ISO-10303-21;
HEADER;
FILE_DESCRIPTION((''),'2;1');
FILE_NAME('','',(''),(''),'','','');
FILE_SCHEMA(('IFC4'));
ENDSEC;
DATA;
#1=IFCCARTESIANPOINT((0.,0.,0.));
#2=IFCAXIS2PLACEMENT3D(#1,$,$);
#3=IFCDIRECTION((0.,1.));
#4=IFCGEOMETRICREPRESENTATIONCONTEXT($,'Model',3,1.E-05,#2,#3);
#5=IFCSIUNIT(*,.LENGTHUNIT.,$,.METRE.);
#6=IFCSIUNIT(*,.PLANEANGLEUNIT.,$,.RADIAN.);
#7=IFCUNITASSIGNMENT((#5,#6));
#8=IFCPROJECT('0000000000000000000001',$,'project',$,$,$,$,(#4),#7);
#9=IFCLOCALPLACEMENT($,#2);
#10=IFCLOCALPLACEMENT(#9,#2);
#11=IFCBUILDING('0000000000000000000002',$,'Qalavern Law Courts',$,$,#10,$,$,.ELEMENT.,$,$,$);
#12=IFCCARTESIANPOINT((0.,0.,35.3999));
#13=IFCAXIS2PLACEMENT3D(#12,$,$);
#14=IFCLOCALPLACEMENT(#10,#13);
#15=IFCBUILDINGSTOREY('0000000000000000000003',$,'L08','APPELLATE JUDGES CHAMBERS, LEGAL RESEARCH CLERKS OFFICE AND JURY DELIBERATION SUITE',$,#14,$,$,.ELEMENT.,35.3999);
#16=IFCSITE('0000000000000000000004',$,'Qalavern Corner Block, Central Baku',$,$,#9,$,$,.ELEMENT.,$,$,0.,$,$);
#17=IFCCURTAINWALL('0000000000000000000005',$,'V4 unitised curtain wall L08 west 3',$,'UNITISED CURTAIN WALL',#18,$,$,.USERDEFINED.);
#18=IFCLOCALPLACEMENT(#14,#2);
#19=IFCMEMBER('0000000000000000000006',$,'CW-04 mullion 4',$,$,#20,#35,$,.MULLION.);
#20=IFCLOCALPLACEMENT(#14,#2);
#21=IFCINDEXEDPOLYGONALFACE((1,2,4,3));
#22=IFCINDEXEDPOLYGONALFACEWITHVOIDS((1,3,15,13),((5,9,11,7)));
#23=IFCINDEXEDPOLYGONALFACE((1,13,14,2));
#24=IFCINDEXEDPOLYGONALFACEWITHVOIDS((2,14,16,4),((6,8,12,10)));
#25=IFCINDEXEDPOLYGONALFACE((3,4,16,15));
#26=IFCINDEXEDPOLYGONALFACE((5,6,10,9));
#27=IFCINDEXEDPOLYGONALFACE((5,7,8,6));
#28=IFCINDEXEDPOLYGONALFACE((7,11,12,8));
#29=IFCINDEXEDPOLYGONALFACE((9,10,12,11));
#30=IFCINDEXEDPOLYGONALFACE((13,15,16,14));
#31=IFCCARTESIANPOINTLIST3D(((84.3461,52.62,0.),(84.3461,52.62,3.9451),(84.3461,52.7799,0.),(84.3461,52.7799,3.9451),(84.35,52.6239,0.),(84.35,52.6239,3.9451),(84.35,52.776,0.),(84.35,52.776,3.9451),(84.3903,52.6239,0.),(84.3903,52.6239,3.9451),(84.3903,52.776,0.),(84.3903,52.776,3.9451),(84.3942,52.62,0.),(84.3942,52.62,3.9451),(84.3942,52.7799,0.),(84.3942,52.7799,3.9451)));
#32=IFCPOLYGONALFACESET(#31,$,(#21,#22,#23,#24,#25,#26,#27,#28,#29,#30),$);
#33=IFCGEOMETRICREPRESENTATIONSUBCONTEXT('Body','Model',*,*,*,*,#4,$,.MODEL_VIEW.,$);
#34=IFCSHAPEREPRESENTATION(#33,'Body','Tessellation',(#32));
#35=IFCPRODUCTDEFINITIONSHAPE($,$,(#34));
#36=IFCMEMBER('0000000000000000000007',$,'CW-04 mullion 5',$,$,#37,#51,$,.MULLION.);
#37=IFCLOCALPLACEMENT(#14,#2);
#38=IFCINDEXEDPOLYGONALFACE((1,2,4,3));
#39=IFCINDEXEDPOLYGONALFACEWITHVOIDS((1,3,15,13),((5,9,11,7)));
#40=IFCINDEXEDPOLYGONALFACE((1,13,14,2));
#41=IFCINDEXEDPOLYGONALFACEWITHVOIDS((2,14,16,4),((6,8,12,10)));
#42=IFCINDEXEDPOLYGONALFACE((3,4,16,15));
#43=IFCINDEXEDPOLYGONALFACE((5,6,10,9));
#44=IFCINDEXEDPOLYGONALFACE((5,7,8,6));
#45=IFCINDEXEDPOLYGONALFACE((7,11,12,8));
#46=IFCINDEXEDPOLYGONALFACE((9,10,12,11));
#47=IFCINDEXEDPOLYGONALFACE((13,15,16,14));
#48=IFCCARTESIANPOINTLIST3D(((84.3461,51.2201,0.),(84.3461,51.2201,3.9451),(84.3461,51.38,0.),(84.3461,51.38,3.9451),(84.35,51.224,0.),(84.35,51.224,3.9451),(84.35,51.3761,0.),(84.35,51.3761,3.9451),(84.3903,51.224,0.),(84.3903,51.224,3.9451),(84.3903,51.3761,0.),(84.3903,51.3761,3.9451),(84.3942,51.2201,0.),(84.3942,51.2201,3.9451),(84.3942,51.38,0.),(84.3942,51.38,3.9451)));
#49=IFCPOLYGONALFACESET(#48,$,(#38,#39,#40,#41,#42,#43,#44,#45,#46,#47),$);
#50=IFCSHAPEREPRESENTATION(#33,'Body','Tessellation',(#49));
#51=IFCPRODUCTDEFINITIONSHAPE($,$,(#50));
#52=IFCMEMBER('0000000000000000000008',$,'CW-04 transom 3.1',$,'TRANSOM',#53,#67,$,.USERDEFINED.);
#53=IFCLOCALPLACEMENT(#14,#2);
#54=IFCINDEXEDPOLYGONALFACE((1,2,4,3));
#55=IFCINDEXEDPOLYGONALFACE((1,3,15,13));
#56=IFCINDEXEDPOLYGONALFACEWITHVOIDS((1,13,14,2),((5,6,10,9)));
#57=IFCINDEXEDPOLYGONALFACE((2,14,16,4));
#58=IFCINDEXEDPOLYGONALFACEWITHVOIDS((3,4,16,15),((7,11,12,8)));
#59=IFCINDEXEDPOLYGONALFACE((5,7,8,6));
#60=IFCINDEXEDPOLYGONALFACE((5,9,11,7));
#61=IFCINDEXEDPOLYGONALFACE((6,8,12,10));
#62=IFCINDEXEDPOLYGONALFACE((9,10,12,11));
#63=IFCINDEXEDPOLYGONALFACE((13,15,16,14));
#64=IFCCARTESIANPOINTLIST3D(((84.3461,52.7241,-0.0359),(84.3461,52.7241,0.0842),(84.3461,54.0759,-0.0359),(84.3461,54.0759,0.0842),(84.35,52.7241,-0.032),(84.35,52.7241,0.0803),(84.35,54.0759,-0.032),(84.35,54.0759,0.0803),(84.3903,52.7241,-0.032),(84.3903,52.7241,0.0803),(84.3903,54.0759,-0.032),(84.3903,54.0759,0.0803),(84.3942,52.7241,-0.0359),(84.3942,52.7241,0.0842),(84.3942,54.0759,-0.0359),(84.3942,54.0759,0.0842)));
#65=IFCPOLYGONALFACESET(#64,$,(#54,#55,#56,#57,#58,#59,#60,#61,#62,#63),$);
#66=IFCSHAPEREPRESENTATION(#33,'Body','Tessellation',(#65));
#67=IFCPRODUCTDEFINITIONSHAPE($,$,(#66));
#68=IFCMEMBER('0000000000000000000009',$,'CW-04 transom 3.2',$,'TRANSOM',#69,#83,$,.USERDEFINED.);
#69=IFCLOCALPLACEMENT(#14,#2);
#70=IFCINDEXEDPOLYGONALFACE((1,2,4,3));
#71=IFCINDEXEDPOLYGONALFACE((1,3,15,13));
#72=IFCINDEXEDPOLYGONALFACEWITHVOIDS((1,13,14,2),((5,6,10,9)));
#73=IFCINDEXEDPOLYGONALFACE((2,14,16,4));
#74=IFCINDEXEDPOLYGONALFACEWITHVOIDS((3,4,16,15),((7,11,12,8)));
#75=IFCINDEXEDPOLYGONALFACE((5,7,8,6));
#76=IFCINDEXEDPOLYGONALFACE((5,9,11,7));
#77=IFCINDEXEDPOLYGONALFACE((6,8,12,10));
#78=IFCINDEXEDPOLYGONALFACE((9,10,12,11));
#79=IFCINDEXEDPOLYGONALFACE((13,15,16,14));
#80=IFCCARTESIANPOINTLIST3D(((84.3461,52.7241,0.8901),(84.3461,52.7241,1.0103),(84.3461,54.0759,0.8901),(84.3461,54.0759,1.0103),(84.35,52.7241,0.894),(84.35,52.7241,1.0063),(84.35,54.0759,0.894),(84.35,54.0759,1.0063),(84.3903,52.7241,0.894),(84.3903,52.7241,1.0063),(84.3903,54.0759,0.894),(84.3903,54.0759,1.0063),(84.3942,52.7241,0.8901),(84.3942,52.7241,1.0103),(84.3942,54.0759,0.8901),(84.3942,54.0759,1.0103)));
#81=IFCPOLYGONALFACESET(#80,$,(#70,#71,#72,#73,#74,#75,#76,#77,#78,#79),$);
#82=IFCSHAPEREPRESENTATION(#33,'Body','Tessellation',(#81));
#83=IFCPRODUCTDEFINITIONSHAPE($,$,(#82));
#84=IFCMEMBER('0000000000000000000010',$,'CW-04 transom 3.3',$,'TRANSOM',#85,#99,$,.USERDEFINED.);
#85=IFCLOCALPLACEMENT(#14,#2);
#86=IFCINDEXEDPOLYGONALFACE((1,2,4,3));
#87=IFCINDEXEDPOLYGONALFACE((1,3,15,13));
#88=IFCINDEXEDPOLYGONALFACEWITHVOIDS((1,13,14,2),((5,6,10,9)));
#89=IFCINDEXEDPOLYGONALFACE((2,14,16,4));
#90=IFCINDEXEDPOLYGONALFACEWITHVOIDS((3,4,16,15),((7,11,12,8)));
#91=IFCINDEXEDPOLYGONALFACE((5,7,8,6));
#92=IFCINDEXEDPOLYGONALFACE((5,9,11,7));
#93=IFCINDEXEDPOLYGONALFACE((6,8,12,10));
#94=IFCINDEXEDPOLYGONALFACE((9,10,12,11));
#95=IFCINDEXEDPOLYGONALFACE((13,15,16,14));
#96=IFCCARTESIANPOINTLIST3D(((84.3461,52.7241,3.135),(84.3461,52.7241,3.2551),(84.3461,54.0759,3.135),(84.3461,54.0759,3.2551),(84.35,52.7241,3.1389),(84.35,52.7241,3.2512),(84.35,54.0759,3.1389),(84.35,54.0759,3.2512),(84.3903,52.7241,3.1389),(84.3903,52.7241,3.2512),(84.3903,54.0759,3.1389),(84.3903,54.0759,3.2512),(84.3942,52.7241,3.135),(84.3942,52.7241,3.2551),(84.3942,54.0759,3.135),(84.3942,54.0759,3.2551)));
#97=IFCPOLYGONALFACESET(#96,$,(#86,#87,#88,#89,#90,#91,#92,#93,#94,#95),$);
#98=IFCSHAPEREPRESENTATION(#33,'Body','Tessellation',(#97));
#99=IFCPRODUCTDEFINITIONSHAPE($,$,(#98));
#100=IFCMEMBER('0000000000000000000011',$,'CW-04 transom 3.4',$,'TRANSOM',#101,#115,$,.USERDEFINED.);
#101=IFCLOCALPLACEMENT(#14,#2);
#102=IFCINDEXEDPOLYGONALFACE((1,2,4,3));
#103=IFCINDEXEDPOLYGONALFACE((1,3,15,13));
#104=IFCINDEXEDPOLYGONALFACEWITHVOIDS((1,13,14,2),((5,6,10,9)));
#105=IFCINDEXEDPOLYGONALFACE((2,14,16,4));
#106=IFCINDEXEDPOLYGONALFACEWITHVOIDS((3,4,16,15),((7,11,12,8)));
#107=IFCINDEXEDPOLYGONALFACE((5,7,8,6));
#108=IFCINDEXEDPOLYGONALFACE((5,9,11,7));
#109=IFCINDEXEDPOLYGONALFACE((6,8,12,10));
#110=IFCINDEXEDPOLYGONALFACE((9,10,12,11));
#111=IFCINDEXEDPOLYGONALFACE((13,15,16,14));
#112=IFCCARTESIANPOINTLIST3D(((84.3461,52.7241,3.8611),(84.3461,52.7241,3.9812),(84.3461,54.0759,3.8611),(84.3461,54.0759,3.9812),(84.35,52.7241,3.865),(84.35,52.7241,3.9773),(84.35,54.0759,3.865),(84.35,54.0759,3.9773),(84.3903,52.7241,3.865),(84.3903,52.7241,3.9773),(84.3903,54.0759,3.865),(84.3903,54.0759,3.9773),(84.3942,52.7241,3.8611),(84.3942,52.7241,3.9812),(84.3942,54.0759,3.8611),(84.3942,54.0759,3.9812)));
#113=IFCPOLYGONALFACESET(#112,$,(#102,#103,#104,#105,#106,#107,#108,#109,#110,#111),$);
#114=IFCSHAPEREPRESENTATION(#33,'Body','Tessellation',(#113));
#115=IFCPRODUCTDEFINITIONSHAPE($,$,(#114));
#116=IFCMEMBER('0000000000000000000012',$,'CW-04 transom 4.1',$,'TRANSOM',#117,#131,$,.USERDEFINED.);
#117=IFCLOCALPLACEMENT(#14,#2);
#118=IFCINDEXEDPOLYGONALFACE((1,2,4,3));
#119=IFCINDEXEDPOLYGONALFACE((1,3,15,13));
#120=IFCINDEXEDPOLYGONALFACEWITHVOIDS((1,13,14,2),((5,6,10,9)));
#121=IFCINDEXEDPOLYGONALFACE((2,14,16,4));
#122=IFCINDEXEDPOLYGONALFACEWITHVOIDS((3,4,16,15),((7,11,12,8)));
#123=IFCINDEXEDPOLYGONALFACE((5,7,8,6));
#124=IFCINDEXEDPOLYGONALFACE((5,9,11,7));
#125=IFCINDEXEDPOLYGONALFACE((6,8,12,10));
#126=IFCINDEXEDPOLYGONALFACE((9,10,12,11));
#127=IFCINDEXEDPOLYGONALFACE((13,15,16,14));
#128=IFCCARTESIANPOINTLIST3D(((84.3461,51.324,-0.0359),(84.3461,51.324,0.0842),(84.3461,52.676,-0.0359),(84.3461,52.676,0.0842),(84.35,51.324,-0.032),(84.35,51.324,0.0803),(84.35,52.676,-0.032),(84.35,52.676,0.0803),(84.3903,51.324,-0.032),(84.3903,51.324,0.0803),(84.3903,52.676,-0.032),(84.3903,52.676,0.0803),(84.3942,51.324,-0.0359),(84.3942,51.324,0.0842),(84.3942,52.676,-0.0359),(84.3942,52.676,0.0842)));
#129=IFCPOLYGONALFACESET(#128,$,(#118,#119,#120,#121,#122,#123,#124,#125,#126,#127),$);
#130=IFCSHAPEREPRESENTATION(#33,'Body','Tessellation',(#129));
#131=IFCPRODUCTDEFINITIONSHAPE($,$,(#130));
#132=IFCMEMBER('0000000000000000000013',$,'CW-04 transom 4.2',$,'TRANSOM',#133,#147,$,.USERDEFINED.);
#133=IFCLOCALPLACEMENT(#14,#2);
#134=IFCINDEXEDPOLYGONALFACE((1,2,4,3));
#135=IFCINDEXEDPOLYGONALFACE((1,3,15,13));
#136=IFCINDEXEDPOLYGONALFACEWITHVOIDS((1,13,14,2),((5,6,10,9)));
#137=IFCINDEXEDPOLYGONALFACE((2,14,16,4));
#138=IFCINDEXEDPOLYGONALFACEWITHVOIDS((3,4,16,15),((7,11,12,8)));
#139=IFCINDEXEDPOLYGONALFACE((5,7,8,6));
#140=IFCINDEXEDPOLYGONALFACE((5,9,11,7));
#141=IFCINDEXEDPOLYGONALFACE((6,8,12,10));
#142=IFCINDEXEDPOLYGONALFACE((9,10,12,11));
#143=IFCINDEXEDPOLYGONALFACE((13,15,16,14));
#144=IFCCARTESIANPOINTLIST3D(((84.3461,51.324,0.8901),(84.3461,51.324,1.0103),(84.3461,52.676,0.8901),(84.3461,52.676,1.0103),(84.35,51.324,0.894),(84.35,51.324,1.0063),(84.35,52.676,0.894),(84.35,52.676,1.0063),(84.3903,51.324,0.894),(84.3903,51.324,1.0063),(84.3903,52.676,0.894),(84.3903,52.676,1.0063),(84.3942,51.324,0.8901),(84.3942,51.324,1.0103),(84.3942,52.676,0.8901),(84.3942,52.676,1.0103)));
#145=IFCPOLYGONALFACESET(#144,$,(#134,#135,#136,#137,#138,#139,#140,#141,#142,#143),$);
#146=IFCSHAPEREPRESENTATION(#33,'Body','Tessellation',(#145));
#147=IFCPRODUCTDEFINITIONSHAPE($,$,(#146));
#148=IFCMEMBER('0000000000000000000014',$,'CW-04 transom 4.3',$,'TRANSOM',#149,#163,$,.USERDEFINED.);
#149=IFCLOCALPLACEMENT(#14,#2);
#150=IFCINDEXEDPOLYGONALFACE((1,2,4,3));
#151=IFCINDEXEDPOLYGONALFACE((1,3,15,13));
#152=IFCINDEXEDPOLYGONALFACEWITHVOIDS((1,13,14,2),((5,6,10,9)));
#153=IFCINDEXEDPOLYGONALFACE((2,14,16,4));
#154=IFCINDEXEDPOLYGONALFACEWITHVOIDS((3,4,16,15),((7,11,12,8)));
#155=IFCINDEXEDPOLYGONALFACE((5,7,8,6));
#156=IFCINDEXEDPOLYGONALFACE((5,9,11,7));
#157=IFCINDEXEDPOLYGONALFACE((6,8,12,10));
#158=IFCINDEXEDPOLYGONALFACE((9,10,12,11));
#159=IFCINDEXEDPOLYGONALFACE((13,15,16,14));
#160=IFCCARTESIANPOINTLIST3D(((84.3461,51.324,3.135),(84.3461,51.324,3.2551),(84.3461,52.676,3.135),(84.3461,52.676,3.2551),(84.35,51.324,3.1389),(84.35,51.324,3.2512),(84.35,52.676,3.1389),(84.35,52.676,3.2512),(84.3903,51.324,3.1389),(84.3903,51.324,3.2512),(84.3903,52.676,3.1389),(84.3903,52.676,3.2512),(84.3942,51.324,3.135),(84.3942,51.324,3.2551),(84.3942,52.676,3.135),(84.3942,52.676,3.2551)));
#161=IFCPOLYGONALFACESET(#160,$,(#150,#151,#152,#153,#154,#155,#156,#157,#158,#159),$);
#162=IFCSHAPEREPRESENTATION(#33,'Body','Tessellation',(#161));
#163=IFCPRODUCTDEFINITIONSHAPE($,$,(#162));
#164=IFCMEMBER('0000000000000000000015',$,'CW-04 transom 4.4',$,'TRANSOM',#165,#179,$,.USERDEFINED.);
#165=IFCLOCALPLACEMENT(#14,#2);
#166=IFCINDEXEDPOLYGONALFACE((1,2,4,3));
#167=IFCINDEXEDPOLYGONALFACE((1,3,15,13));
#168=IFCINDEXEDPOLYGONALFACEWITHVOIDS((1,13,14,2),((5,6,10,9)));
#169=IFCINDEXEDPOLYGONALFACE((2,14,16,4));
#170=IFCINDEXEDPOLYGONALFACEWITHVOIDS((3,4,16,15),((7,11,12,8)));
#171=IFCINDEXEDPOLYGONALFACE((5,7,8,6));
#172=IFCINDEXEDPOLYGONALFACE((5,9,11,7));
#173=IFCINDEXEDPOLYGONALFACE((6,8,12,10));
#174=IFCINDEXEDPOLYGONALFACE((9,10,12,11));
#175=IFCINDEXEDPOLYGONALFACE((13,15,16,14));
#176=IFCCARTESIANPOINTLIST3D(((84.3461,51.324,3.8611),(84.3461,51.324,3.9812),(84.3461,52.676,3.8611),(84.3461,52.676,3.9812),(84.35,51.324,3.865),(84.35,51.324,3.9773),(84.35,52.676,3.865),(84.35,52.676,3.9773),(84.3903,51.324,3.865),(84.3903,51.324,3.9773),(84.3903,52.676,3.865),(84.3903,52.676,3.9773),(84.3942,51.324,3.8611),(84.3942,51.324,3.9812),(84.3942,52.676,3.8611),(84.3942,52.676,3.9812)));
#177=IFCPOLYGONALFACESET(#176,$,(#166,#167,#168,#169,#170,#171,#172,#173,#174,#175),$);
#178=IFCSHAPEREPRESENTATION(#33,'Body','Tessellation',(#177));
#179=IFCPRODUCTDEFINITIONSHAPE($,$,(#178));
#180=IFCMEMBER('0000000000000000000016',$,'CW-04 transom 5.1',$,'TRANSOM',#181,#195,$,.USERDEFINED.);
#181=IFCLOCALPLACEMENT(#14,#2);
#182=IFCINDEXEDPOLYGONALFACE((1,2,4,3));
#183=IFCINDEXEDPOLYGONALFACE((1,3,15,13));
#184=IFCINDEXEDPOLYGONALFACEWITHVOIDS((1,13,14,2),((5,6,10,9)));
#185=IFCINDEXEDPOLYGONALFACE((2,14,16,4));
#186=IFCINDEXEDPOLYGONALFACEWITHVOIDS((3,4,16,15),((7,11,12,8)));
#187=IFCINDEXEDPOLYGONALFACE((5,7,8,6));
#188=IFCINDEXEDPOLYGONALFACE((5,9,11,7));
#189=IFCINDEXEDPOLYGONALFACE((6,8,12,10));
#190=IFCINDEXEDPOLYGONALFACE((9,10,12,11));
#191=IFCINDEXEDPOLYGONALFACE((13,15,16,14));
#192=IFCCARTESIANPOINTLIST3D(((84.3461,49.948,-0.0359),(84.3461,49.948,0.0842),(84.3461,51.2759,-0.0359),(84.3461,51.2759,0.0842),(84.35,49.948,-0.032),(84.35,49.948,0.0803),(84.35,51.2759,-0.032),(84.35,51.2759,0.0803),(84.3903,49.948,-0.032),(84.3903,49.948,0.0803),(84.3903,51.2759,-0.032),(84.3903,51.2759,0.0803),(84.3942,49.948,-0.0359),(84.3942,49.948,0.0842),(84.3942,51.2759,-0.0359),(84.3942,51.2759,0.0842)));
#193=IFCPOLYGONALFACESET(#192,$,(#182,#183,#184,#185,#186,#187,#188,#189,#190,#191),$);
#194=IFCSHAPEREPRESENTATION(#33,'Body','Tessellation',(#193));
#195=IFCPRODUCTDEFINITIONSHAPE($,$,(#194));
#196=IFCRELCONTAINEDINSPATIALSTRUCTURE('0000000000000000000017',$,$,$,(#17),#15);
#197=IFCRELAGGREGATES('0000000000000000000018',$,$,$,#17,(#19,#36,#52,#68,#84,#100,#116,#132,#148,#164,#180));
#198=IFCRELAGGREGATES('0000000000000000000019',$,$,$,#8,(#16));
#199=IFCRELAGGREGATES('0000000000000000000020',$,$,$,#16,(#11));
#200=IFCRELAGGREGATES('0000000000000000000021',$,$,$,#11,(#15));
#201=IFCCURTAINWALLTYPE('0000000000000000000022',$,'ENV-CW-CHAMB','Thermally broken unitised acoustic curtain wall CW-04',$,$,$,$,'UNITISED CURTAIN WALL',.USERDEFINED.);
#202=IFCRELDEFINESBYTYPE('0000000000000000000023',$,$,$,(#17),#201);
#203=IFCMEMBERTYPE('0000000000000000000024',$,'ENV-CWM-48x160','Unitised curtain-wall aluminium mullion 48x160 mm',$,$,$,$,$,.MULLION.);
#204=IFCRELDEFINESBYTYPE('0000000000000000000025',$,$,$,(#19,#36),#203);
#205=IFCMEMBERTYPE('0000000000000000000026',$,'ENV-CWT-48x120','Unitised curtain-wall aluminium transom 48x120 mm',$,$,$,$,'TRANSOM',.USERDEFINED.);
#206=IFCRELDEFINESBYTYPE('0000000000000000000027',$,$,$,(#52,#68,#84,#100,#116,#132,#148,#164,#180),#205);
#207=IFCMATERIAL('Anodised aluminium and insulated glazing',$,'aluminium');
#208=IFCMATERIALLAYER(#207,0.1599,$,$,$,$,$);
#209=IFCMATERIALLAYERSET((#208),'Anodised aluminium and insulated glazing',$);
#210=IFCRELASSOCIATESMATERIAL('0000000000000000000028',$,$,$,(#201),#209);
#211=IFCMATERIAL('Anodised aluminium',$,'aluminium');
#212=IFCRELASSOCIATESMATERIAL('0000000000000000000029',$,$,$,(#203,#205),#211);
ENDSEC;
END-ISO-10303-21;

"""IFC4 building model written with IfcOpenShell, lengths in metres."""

from ifc_helpers import new_model, si_unit, direction, frame, origin, origin_2d, place, context, subcontext, project, spatial, hollow_rectangle, extrude, material, layer, layer_set, material_profile, profile_set, type_object, element, aggregate, save


model = new_model("IFC4")

# Units and contexts
model_context = context("Model", 3, precision=1e-05, world=origin(), true_north=direction((0.0, 1.0)))
body_context = subcontext(model_context, "Body", "Model", "MODEL_VIEW")
ifc_project = project(units=[si_unit("LENGTHUNIT", "METRE"), si_unit("PLANEANGLEUNIT", "RADIAN")], contexts=[model_context])

# Site, building, storey
site_placement = place(None, origin())
site = spatial("IfcSite", under=ifc_project, at=site_placement, Name="Qalavern Corner Block, Central Baku", CompositionType="ELEMENT", RefElevation=0.0)
building_placement = place(site_placement, origin())
building = spatial("IfcBuilding", under=site, at=building_placement, Name="Qalavern Law Courts", CompositionType="ELEMENT")
storey_placement = place(building_placement, frame((0.0, 0.0, 35.3999)))
storey = spatial("IfcBuildingStorey", under=building, at=storey_placement, Name="L08", Description="APPELLATE JUDGES CHAMBERS, LEGAL RESEARCH CLERKS OFFICE AND JURY DELIBERATION SUITE", CompositionType="ELEMENT", Elevation=35.3999)

# Curtain wall, members
ifc_material_1 = material(Name="Anodised aluminium and insulated glazing", Category="aluminium")
ifc_layer_1 = layer(ifc_material_1, 0.1599)
ifc_layer_set_1 = layer_set([ifc_layer_1], Name="Anodised aluminium and insulated glazing")
curtain_wall_type = type_object("IfcCurtainWallType", Name="ENV-CW-CHAMB", Description="Thermally broken unitised acoustic curtain wall CW-04", ElementType="UNITISED CURTAIN WALL", PredefinedType="USERDEFINED", material=ifc_layer_set_1)
curtain_wall_placement = place(storey_placement, origin())
curtain_wall = element("IfcCurtainWall", 1, at=curtain_wall_placement, inside=storey, type_object=curtain_wall_type, Name="V4 unitised curtain wall L08 west 3", ObjectType="UNITISED CURTAIN WALL", PredefinedType="USERDEFINED")
ifc_material_2 = material(Name="Anodised aluminium", Category="aluminium")
ifc_material_profile_1 = material_profile(ifc_material_2, hollow_rectangle(XDim=0.0481, YDim=0.1599, WallThickness=0.0039, at=origin_2d()), Name="ALU MULLION 48x160")
ifc_profile_set_1 = profile_set([ifc_material_profile_1], Name="Anodised aluminium")
member_type_1 = type_object("IfcMemberType", Name="ENV-CWM-48x160", Description="Unitised curtain-wall aluminium mullion 48x160 mm", PredefinedType="MULLION", material=ifc_profile_set_1)
member_1_placement = place(storey_placement, frame((84.3701, 52.7, 0.0), z_axis=(0.0, 0.0, 1.0), x_axis=(1.0, 0.0, 0.0)))
member_1 = element("IfcMember", 2, at=member_1_placement, type_object=member_type_1, Name="CW-04 mullion 4", PredefinedType="MULLION", context=body_context, shape_type="SweptSolid", body=[
    extrude(hollow_rectangle(XDim=0.0481, YDim=0.1599, WallThickness=0.0039, at=origin_2d()), origin(), (0.0, 0.0, 1.0), 3.9451),
])
member_2_placement = place(storey_placement, frame((84.3701, 51.3, 0.0), z_axis=(0.0, 0.0, 1.0), x_axis=(1.0, 0.0, 0.0)))
member_2 = element("IfcMember", 3, at=member_2_placement, type_object=member_type_1, Name="CW-04 mullion 5", PredefinedType="MULLION", context=body_context, shape_type="SweptSolid", body=[
    extrude(hollow_rectangle(XDim=0.0481, YDim=0.1599, WallThickness=0.0039, at=origin_2d()), origin(), (0.0, 0.0, 1.0), 3.9451),
])
ifc_material_profile_2 = material_profile(ifc_material_2, hollow_rectangle(XDim=0.0481, YDim=0.1201, WallThickness=0.0039, at=origin_2d()), Name="ALU TRANSOM 48x120")
ifc_profile_set_2 = profile_set([ifc_material_profile_2], Name="Anodised aluminium")
member_type_2 = type_object("IfcMemberType", Name="ENV-CWT-48x120", Description="Unitised curtain-wall aluminium transom 48x120 mm", ElementType="TRANSOM", PredefinedType="USERDEFINED", material=ifc_profile_set_2)
member_3_placement = place(storey_placement, frame((84.3701, 54.0759, 0.0242), z_axis=(0.0, -1.0, 0.0), x_axis=(1.0, 0.0, 0.0)))
member_3 = element("IfcMember", 4, at=member_3_placement, type_object=member_type_2, Name="CW-04 transom 3.1", ObjectType="TRANSOM", PredefinedType="USERDEFINED", context=body_context, shape_type="SweptSolid", body=[
    extrude(hollow_rectangle(XDim=0.0481, YDim=0.1201, WallThickness=0.0039, at=origin_2d()), origin(), (0.0, 0.0, 1.0), 1.3518),
])
member_4_placement = place(storey_placement, frame((84.3701, 54.0759, 0.9502), z_axis=(0.0, -1.0, 0.0), x_axis=(1.0, 0.0, 0.0)))
member_4 = element("IfcMember", 5, at=member_4_placement, type_object=member_type_2, Name="CW-04 transom 3.2", ObjectType="TRANSOM", PredefinedType="USERDEFINED", context=body_context, shape_type="SweptSolid", body=[
    extrude(hollow_rectangle(XDim=0.0481, YDim=0.1201, WallThickness=0.0039, at=origin_2d()), origin(), (0.0, 0.0, 1.0), 1.3518),
])
member_5_placement = place(storey_placement, frame((84.3701, 54.0759, 3.1951), z_axis=(0.0, -1.0, 0.0), x_axis=(1.0, 0.0, 0.0)))
member_5 = element("IfcMember", 6, at=member_5_placement, type_object=member_type_2, Name="CW-04 transom 3.3", ObjectType="TRANSOM", PredefinedType="USERDEFINED", context=body_context, shape_type="SweptSolid", body=[
    extrude(hollow_rectangle(XDim=0.0481, YDim=0.1201, WallThickness=0.0039, at=origin_2d()), origin(), (0.0, 0.0, 1.0), 1.3518),
])
member_6_placement = place(storey_placement, frame((84.3701, 54.0759, 3.9211), z_axis=(0.0, -1.0, 0.0), x_axis=(1.0, 0.0, 0.0)))
member_6 = element("IfcMember", 7, at=member_6_placement, type_object=member_type_2, Name="CW-04 transom 3.4", ObjectType="TRANSOM", PredefinedType="USERDEFINED", context=body_context, shape_type="SweptSolid", body=[
    extrude(hollow_rectangle(XDim=0.0481, YDim=0.1201, WallThickness=0.0039, at=origin_2d()), origin(), (0.0, 0.0, 1.0), 1.3518),
])
member_7_placement = place(storey_placement, frame((84.3701, 52.676, 0.0242), z_axis=(0.0, -1.0, 0.0), x_axis=(1.0, 0.0, 0.0)))
member_7 = element("IfcMember", 8, at=member_7_placement, type_object=member_type_2, Name="CW-04 transom 4.1", ObjectType="TRANSOM", PredefinedType="USERDEFINED", context=body_context, shape_type="SweptSolid", body=[
    extrude(hollow_rectangle(XDim=0.0481, YDim=0.1201, WallThickness=0.0039, at=origin_2d()), origin(), (0.0, 0.0, 1.0), 1.3521),
])
member_8_placement = place(storey_placement, frame((84.3701, 52.676, 0.9502), z_axis=(0.0, -1.0, 0.0), x_axis=(1.0, 0.0, 0.0)))
member_8 = element("IfcMember", 9, at=member_8_placement, type_object=member_type_2, Name="CW-04 transom 4.2", ObjectType="TRANSOM", PredefinedType="USERDEFINED", context=body_context, shape_type="SweptSolid", body=[
    extrude(hollow_rectangle(XDim=0.0481, YDim=0.1201, WallThickness=0.0039, at=origin_2d()), origin(), (0.0, 0.0, 1.0), 1.3521),
])
member_9_placement = place(storey_placement, frame((84.3701, 52.676, 3.1951), z_axis=(0.0, -1.0, 0.0), x_axis=(1.0, 0.0, 0.0)))
member_9 = element("IfcMember", 10, at=member_9_placement, type_object=member_type_2, Name="CW-04 transom 4.3", ObjectType="TRANSOM", PredefinedType="USERDEFINED", context=body_context, shape_type="SweptSolid", body=[
    extrude(hollow_rectangle(XDim=0.0481, YDim=0.1201, WallThickness=0.0039, at=origin_2d()), origin(), (0.0, 0.0, 1.0), 1.3521),
])
member_10_placement = place(storey_placement, frame((84.3701, 52.676, 3.9211), z_axis=(0.0, -1.0, 0.0), x_axis=(1.0, 0.0, 0.0)))
member_10 = element("IfcMember", 11, at=member_10_placement, type_object=member_type_2, Name="CW-04 transom 4.4", ObjectType="TRANSOM", PredefinedType="USERDEFINED", context=body_context, shape_type="SweptSolid", body=[
    extrude(hollow_rectangle(XDim=0.0481, YDim=0.1201, WallThickness=0.0039, at=origin_2d()), origin(), (0.0, 0.0, 1.0), 1.3521),
])
member_11_placement = place(storey_placement, frame((84.3701, 51.2759, 0.0242), z_axis=(0.0, -1.0, 0.0), x_axis=(1.0, 0.0, 0.0)))
member_11 = element("IfcMember", 12, at=member_11_placement, type_object=member_type_2, Name="CW-04 transom 5.1", ObjectType="TRANSOM", PredefinedType="USERDEFINED", context=body_context, shape_type="SweptSolid", body=[
    extrude(hollow_rectangle(XDim=0.0481, YDim=0.1201, WallThickness=0.0039, at=origin_2d()), origin(), (0.0, 0.0, 1.0), 1.3279),
])
aggregate(curtain_wall, [member_1, member_2, member_3, member_4, member_5, member_6, member_7, member_8, member_9, member_10, member_11])

save(model, "model.ifc")
